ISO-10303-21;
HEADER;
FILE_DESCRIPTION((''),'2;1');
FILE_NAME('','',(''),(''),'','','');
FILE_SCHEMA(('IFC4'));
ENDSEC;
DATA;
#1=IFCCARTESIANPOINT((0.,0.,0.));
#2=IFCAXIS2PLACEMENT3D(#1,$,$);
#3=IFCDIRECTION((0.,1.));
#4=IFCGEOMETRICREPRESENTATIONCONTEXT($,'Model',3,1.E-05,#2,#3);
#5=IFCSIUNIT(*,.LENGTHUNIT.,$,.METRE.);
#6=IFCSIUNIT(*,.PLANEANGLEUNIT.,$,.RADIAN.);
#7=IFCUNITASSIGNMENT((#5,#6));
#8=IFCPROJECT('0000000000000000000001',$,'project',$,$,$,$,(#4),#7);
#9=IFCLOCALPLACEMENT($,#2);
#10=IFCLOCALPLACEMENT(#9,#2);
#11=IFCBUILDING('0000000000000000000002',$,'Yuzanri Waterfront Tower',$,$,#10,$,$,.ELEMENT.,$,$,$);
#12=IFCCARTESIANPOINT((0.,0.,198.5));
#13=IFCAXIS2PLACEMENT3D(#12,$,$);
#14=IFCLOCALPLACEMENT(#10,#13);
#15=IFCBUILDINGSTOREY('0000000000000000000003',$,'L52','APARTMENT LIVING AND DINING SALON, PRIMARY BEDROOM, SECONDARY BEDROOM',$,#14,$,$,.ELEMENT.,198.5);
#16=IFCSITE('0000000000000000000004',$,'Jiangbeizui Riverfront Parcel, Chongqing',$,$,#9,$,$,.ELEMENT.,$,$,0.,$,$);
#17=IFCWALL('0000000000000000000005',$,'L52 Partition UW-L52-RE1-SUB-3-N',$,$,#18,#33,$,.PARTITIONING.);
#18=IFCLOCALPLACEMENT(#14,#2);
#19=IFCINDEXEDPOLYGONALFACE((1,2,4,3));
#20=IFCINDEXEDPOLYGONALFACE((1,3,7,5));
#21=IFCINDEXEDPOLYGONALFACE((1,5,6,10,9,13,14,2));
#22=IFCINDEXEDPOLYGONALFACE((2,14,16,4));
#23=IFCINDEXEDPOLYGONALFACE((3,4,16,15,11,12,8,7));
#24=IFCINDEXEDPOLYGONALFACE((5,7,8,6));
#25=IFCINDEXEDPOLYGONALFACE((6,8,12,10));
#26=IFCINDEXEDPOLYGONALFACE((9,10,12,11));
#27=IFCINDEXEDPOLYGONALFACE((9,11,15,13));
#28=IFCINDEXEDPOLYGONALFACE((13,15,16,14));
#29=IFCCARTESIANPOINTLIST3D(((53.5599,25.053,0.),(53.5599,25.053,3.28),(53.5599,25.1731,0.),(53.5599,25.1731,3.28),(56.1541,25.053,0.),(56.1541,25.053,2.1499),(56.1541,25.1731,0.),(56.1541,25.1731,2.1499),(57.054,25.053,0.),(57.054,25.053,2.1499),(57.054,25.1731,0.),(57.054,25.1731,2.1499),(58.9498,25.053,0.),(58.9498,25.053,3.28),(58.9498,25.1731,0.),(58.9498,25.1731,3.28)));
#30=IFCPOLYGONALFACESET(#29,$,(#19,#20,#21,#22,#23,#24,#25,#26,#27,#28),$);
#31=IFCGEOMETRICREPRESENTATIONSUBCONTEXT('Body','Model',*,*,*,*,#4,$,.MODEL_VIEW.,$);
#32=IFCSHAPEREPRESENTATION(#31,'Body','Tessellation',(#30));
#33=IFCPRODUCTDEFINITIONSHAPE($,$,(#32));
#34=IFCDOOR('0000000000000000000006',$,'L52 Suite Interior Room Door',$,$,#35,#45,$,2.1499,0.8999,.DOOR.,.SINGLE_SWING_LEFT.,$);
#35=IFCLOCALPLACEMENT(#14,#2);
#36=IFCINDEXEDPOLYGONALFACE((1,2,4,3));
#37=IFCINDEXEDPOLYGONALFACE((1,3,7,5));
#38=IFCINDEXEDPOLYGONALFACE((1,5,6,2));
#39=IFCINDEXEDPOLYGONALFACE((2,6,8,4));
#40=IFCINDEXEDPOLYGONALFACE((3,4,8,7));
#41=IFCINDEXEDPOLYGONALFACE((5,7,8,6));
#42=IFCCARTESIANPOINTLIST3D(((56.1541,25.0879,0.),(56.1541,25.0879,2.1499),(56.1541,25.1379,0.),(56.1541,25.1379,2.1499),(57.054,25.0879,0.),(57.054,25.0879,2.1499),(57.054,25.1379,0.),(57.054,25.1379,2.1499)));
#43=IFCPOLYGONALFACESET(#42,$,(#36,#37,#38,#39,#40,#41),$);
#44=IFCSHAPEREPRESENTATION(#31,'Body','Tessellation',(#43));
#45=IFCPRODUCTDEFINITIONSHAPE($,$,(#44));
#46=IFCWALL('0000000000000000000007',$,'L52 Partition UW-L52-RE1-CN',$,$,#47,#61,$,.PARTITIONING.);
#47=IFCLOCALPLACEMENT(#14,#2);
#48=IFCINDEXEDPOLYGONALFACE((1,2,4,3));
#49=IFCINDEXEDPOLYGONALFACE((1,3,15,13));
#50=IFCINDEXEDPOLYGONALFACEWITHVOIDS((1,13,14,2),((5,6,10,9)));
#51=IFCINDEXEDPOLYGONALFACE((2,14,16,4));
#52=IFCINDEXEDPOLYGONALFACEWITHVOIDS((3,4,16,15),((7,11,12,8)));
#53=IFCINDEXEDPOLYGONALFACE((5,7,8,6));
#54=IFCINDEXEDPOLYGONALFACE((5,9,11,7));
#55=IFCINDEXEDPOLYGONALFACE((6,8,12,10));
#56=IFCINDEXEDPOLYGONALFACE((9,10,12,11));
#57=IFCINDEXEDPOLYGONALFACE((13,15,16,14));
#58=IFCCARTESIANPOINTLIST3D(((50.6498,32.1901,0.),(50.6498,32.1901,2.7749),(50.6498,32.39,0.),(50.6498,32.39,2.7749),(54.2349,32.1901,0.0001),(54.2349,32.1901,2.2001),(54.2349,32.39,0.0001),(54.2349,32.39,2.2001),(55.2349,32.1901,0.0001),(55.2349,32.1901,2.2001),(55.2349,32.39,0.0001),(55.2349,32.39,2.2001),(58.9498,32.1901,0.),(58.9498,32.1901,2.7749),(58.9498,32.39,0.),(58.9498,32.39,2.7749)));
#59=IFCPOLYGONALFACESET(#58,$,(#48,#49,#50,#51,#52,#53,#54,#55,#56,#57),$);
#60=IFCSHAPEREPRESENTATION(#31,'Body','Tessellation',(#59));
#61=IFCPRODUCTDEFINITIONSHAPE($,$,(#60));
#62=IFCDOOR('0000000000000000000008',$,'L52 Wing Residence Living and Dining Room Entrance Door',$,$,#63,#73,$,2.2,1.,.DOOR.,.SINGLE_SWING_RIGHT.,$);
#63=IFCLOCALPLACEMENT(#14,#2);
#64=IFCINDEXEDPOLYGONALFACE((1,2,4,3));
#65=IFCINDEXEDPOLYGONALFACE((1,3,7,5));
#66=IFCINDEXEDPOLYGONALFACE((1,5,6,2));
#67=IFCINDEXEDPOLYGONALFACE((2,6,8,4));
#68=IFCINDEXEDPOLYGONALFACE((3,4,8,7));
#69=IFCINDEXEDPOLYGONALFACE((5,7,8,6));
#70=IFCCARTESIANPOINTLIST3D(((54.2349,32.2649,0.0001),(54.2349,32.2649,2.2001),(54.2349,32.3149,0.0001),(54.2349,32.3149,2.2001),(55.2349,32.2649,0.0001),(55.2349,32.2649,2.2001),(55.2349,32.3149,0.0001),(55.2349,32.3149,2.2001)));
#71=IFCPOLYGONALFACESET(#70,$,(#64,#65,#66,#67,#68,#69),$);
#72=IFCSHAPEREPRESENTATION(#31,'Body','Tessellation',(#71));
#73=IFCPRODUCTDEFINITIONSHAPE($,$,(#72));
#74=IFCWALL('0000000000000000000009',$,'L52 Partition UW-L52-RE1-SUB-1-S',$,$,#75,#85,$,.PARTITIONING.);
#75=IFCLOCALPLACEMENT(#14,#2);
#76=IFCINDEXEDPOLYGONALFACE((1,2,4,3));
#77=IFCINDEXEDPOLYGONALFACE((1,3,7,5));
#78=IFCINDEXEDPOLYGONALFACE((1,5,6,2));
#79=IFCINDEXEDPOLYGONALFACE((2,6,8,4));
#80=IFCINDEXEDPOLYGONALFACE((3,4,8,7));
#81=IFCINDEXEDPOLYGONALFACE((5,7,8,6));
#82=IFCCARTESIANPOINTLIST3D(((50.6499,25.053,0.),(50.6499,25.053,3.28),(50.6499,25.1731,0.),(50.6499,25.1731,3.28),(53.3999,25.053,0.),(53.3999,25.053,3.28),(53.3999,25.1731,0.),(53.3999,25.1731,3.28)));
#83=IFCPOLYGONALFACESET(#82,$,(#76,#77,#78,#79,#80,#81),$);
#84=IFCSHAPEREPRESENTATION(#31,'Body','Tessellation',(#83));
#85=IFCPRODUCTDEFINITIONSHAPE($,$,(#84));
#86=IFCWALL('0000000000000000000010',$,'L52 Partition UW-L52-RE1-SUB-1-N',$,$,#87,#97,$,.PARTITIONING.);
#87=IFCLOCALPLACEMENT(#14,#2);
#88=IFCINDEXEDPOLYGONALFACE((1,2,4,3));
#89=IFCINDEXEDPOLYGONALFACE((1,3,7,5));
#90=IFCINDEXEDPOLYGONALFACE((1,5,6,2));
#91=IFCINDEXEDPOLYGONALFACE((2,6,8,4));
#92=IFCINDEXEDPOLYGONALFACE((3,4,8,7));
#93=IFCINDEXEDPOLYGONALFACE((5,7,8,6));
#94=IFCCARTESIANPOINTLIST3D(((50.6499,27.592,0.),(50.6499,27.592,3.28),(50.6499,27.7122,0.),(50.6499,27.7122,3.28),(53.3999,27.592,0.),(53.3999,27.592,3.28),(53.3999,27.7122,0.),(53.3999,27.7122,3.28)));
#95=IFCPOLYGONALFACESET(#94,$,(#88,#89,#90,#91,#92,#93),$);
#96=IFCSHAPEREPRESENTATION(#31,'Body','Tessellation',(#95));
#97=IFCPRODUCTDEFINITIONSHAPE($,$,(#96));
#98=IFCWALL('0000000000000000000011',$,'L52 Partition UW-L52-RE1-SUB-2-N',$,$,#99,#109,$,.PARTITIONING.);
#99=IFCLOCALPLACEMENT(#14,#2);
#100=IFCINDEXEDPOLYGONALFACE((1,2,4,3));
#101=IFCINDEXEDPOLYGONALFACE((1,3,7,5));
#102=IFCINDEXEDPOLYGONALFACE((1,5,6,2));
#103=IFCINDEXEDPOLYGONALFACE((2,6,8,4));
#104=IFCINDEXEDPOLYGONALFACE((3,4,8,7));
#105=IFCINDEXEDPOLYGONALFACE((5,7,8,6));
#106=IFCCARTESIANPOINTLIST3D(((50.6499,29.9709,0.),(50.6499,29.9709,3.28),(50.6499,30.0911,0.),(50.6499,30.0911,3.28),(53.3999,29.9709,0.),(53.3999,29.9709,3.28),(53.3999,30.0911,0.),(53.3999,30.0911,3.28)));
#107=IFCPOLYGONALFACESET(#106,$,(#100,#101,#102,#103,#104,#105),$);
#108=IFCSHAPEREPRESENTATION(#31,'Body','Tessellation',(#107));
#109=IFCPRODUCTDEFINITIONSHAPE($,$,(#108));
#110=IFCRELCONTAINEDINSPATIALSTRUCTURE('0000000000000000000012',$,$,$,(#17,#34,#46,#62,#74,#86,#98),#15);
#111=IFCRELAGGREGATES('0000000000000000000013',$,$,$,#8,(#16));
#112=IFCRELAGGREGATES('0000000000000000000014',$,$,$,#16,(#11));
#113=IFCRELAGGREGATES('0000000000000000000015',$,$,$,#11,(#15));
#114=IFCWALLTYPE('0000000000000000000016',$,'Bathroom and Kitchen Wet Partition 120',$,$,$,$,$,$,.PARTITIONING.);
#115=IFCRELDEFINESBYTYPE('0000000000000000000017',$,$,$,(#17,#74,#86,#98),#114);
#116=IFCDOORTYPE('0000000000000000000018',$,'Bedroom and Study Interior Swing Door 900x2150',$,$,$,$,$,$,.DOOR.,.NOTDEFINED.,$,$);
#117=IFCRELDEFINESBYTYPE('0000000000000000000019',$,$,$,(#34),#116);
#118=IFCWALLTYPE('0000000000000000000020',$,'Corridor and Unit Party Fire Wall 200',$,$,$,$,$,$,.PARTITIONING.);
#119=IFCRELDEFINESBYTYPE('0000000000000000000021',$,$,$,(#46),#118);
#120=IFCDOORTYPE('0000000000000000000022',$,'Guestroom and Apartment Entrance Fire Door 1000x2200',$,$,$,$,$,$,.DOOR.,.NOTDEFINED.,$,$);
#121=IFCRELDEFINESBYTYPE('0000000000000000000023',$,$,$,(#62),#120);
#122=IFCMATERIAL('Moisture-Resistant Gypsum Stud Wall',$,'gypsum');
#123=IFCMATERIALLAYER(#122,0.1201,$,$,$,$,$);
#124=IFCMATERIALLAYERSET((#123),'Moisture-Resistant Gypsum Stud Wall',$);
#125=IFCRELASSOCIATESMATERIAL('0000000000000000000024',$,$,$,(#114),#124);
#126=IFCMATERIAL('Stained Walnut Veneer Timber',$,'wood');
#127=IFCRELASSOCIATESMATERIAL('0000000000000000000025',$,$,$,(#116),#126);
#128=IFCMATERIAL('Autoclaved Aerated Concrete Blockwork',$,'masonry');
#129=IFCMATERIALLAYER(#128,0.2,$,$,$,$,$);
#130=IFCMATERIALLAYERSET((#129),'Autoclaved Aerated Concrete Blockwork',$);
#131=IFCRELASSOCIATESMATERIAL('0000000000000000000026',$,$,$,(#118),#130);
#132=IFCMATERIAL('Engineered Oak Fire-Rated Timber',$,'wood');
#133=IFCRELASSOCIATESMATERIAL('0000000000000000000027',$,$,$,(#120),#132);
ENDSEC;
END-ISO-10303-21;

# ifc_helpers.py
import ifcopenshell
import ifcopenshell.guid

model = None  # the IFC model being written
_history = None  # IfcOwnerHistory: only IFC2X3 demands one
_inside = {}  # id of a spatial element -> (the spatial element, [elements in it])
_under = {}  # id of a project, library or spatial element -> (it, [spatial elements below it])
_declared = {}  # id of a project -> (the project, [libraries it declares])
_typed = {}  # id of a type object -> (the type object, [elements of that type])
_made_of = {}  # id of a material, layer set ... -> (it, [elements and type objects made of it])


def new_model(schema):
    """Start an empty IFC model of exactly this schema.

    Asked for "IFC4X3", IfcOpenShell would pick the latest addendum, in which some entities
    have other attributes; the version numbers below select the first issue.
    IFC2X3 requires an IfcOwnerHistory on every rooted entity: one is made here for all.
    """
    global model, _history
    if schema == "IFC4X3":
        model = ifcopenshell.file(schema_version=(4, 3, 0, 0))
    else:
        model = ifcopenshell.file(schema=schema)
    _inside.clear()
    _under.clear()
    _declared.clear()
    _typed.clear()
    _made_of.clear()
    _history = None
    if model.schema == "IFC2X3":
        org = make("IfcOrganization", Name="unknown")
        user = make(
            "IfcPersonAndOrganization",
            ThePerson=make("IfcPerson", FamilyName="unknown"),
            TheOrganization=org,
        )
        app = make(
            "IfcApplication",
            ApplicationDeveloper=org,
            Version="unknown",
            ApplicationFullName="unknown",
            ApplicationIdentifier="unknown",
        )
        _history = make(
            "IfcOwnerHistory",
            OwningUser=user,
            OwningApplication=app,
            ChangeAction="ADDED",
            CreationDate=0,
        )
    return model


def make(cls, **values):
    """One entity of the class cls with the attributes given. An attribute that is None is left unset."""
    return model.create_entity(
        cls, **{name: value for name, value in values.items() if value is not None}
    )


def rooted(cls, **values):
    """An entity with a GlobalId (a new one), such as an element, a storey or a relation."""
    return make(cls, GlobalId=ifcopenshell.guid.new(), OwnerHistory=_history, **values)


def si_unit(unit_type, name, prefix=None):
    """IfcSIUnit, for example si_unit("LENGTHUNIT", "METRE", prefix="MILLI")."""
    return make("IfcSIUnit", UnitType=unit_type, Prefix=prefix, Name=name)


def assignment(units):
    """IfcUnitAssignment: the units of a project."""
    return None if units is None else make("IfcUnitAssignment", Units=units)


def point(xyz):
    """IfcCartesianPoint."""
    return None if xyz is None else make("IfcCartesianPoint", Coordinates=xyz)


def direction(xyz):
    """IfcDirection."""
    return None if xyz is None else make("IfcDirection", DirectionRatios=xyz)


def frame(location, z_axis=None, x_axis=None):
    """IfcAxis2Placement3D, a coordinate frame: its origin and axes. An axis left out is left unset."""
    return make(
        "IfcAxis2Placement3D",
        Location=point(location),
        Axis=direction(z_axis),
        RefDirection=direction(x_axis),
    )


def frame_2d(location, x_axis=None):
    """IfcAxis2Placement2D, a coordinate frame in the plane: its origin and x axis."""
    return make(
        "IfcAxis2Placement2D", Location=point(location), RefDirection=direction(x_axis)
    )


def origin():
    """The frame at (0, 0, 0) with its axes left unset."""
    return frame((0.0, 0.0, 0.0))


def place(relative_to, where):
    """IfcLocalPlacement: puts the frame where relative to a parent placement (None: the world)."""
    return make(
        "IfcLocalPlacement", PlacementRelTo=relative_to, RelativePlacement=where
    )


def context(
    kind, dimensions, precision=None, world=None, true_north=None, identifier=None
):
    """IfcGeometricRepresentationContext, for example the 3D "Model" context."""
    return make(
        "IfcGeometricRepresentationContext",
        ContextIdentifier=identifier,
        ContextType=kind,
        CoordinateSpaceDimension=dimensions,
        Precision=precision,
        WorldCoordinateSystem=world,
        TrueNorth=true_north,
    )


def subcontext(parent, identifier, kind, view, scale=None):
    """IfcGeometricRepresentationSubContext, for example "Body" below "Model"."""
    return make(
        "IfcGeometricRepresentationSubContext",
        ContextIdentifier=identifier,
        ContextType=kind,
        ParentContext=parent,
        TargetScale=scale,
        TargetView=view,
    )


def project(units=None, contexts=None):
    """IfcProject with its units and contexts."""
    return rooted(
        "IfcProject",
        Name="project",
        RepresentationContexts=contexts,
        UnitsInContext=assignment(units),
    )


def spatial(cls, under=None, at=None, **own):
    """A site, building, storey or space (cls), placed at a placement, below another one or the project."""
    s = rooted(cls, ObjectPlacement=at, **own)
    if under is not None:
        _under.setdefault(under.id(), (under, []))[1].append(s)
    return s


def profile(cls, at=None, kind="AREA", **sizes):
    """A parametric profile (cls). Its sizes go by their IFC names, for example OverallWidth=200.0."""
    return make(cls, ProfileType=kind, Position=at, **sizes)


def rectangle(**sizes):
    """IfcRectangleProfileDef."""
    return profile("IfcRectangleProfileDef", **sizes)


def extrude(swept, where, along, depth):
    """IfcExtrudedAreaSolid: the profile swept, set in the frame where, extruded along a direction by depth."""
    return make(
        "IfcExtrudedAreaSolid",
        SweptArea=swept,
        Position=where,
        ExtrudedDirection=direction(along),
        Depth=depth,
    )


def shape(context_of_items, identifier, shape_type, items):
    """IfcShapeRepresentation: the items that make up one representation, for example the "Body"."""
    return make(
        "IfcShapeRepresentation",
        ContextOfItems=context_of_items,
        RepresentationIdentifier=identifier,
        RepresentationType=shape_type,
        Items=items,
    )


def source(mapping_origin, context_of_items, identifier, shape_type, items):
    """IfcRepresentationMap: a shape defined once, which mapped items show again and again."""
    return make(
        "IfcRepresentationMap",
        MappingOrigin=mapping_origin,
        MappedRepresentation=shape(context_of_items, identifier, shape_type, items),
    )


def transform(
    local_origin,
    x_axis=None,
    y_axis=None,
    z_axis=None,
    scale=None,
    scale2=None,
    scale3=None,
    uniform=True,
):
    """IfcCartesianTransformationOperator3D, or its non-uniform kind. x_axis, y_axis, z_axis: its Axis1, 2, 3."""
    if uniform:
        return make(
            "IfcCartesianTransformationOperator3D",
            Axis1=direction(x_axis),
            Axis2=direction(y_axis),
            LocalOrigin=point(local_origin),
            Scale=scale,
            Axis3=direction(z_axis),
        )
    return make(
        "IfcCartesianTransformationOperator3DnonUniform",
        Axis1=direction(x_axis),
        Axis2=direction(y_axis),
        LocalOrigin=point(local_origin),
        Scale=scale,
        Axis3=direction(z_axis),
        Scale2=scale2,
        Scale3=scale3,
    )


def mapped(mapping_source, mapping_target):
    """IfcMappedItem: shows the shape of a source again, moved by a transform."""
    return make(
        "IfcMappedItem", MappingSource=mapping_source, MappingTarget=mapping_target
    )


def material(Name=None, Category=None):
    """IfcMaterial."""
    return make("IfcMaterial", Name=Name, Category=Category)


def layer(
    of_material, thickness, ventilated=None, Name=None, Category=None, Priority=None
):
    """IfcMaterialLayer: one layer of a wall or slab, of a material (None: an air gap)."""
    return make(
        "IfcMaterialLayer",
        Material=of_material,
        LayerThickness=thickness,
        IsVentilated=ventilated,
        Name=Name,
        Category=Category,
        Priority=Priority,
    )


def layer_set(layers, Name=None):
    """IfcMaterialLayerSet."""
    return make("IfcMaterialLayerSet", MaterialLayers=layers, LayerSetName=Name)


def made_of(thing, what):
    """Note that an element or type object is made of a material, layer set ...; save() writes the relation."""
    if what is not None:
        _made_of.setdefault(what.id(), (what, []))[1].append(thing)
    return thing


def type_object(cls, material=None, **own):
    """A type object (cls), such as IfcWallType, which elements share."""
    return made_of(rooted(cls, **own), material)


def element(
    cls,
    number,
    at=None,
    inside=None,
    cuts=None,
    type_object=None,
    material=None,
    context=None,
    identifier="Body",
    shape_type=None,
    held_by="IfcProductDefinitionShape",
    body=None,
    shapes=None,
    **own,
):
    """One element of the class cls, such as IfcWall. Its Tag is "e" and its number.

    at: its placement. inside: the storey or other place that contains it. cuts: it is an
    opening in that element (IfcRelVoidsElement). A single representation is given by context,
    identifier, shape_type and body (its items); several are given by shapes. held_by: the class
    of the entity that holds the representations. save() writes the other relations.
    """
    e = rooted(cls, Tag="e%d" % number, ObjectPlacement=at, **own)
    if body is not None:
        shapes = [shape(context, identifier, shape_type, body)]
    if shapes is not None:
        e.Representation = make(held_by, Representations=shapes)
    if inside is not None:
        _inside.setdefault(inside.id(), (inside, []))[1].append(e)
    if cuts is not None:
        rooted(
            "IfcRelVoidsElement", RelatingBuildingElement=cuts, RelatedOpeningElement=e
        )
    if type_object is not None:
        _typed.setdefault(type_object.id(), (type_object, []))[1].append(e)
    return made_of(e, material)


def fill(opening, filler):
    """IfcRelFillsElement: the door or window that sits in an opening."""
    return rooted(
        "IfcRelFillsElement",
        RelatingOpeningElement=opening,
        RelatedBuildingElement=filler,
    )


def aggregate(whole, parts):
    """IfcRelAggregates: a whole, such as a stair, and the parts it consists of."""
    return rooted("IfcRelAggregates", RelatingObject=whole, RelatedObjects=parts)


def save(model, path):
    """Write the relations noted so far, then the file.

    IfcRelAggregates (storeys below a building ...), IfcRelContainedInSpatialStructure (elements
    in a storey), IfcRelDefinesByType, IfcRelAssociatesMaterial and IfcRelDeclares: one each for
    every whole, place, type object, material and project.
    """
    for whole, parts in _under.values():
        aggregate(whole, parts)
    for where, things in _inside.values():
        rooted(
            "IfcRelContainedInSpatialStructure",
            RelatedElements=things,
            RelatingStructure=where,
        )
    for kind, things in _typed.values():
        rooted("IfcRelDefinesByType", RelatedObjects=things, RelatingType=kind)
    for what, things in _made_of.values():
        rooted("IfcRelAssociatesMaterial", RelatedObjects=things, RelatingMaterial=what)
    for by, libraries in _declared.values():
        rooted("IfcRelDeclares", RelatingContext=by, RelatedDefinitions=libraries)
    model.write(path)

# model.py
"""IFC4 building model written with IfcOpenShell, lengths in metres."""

from ifc_helpers import new_model, si_unit, direction, frame, frame_2d, origin, place, context, subcontext, project, spatial, rectangle, extrude, source, transform, mapped, material, layer, layer_set, type_object, element, fill, save


model = new_model("IFC4")

# Units and contexts
model_context = context("Model", 3, precision=1e-05, world=origin(), true_north=direction((0.0, 1.0)))
body_context = subcontext(model_context, "Body", "Model", "MODEL_VIEW")
ifc_project = project(units=[si_unit("LENGTHUNIT", "METRE"), si_unit("PLANEANGLEUNIT", "RADIAN")], contexts=[model_context])

# Site, building, storey
site_placement = place(None, origin())
site = spatial("IfcSite", under=ifc_project, at=site_placement, Name="Jiangbeizui Riverfront Parcel, Chongqing", CompositionType="ELEMENT", RefElevation=0.0)
building_placement = place(site_placement, origin())
building = spatial("IfcBuilding", under=site, at=building_placement, Name="Yuzanri Waterfront Tower", CompositionType="ELEMENT")
storey_placement = place(building_placement, frame((0.0, 0.0, 198.5)))
storey = spatial("IfcBuildingStorey", under=building, at=storey_placement, Name="L52", Description="APARTMENT LIVING AND DINING SALON, PRIMARY BEDROOM, SECONDARY BEDROOM", CompositionType="ELEMENT", Elevation=198.5)

# Walls, openings, doors
ifc_material_1 = material(Name="Moisture-Resistant Gypsum Stud Wall", Category="gypsum")
ifc_layer_1 = layer(ifc_material_1, 0.1201)
ifc_layer_set_1 = layer_set([ifc_layer_1], Name="Moisture-Resistant Gypsum Stud Wall")
wall_type_1 = type_object("IfcWallType", Name="Bathroom and Kitchen Wet Partition 120", PredefinedType="PARTITIONING", material=ifc_layer_set_1)
wall_1_placement = place(storey_placement, frame((53.5601, 25.113, 0.0), z_axis=(0.0, 0.0, 1.0), x_axis=(1.0, 0.0, 0.0)))
wall_1 = element("IfcWall", 1, at=wall_1_placement, inside=storey, type_object=wall_type_1, Name="L52 Partition UW-L52-RE1-SUB-3-N", PredefinedType="PARTITIONING", context=body_context, shape_type="SweptSolid", body=[
    extrude(rectangle(XDim=5.3899, YDim=0.1201, at=frame_2d((2.6948, 0.0))), origin(), (0.0, 0.0, 1.0), 3.28),
])
opening_1_placement = place(wall_1_placement, frame((2.594, 0.0, 0.0)))
opening_1 = element("IfcOpeningElement", 2, at=opening_1_placement, cuts=wall_1, PredefinedType="OPENING", context=body_context, shape_type="SweptSolid", body=[
    extrude(rectangle(XDim=0.8999, YDim=2.1499, at=frame_2d((0.45, 1.075))), frame((0.0, 0.075, 0.0), z_axis=(0.0, -1.0, 0.0), x_axis=(1.0, 0.0, 0.0)), (0.0, 0.0, 1.0), 0.1499),
])
ifc_material_2 = material(Name="Stained Walnut Veneer Timber", Category="wood")
door_type_1 = type_object("IfcDoorType", Name="Bedroom and Study Interior Swing Door 900x2150", OperationType="NOTDEFINED", PredefinedType="DOOR", material=ifc_material_2)
shared_shape_1 = source(origin(), body_context, "Body", "SweptSolid", [
    extrude(rectangle(XDim=0.8999, YDim=2.1499, at=frame_2d((0.45, 1.075))), frame((0.0, 0.0249, 0.0), z_axis=(0.0, -1.0, 0.0), x_axis=(1.0, 0.0, 0.0)), (0.0, 0.0, 1.0), 0.05),
])
door_1_placement = place(opening_1_placement, origin())
door_1 = element("IfcDoor", 3, at=door_1_placement, inside=storey, type_object=door_type_1, Name="L52 Suite Interior Room Door", OperationType="SINGLE_SWING_LEFT", OverallHeight=2.1499, OverallWidth=0.8999, PredefinedType="DOOR", context=body_context, shape_type="MappedRepresentation", body=[
    mapped(shared_shape_1, transform((0.0, 0.0, 0.0), scale=1.0)),
])
fill(opening_1, door_1)
ifc_material_3 = material(Name="Autoclaved Aerated Concrete Blockwork", Category="masonry")
ifc_layer_2 = layer(ifc_material_3, 0.2)
ifc_layer_set_2 = layer_set([ifc_layer_2], Name="Autoclaved Aerated Concrete Blockwork")
wall_type_2 = type_object("IfcWallType", Name="Corridor and Unit Party Fire Wall 200", PredefinedType="PARTITIONING", material=ifc_layer_set_2)
wall_2_placement = place(storey_placement, frame((50.6499, 32.29, 0.0), z_axis=(0.0, 0.0, 1.0), x_axis=(1.0, 0.0, 0.0)))
wall_2 = element("IfcWall", 4, at=wall_2_placement, inside=storey, type_object=wall_type_2, Name="L52 Partition UW-L52-RE1-CN", PredefinedType="PARTITIONING", context=body_context, shape_type="SweptSolid", body=[
    extrude(rectangle(XDim=8.3, YDim=0.2, at=frame_2d((4.1499, 0.0))), origin(), (0.0, 0.0, 1.0), 2.7749),
])
opening_2_placement = place(wall_2_placement, frame((3.585, 0.0, 0.0)))
opening_2 = element("IfcOpeningElement", 5, at=opening_2_placement, cuts=wall_2, PredefinedType="OPENING", context=body_context, shape_type="SweptSolid", body=[
    extrude(rectangle(XDim=1.0, YDim=2.2, at=frame_2d((0.5, 1.1001))), frame((0.0, 0.1147, 0.0), z_axis=(0.0, -1.0, 0.0), x_axis=(1.0, 0.0, 0.0)), (0.0, 0.0, 1.0), 0.2297),
])
ifc_material_4 = material(Name="Engineered Oak Fire-Rated Timber", Category="wood")
door_type_2 = type_object("IfcDoorType", Name="Guestroom and Apartment Entrance Fire Door 1000x2200", OperationType="NOTDEFINED", PredefinedType="DOOR", material=ifc_material_4)
shared_shape_2 = source(origin(), body_context, "Body", "SweptSolid", [
    extrude(rectangle(XDim=1.0, YDim=2.2, at=frame_2d((0.5, 1.1001))), frame((0.0, 0.0249, 0.0), z_axis=(0.0, -1.0, 0.0), x_axis=(1.0, 0.0, 0.0)), (0.0, 0.0, 1.0), 0.05),
])
door_2_placement = place(opening_2_placement, origin())
door_2 = element("IfcDoor", 6, at=door_2_placement, inside=storey, type_object=door_type_2, Name="L52 Wing Residence Living and Dining Room Entrance Door", OperationType="SINGLE_SWING_RIGHT", OverallHeight=2.2, OverallWidth=1.0, PredefinedType="DOOR", context=body_context, shape_type="MappedRepresentation", body=[
    mapped(shared_shape_2, transform((0.0, 0.0, 0.0), scale=1.0)),
])
fill(opening_2, door_2)

# Walls
shared_shape_3 = source(origin(), body_context, "Body", "SweptSolid", [
    extrude(rectangle(XDim=2.75, YDim=0.1201, at=frame_2d((1.375, 0.0))), origin(), (0.0, 0.0, 1.0), 3.28),
])
for number, where, z_axis, x_axis, name in (
    (7, (50.6499, 25.113, 0.0), (0.0, 0.0, 1.0), (1.0, 0.0, 0.0), "L52 Partition UW-L52-RE1-SUB-1-S"),
    (8, (50.6499, 27.6521, 0.0), (0.0, 0.0, 1.0), (1.0, 0.0, 0.0), "L52 Partition UW-L52-RE1-SUB-1-N"),
    (9, (50.6499, 30.031, 0.0), (0.0, 0.0, 1.0), (1.0, 0.0, 0.0), "L52 Partition UW-L52-RE1-SUB-2-N"),
):
    element("IfcWall", number, at=place(storey_placement, frame(where, z_axis=z_axis, x_axis=x_axis)), inside=storey, type_object=wall_type_1, Name=name, PredefinedType="PARTITIONING", context=body_context, shape_type="MappedRepresentation", body=[
        mapped(shared_shape_3, transform((0.0, 0.0, 0.0), scale=1.0)),
    ])

save(model, "model.ifc")
